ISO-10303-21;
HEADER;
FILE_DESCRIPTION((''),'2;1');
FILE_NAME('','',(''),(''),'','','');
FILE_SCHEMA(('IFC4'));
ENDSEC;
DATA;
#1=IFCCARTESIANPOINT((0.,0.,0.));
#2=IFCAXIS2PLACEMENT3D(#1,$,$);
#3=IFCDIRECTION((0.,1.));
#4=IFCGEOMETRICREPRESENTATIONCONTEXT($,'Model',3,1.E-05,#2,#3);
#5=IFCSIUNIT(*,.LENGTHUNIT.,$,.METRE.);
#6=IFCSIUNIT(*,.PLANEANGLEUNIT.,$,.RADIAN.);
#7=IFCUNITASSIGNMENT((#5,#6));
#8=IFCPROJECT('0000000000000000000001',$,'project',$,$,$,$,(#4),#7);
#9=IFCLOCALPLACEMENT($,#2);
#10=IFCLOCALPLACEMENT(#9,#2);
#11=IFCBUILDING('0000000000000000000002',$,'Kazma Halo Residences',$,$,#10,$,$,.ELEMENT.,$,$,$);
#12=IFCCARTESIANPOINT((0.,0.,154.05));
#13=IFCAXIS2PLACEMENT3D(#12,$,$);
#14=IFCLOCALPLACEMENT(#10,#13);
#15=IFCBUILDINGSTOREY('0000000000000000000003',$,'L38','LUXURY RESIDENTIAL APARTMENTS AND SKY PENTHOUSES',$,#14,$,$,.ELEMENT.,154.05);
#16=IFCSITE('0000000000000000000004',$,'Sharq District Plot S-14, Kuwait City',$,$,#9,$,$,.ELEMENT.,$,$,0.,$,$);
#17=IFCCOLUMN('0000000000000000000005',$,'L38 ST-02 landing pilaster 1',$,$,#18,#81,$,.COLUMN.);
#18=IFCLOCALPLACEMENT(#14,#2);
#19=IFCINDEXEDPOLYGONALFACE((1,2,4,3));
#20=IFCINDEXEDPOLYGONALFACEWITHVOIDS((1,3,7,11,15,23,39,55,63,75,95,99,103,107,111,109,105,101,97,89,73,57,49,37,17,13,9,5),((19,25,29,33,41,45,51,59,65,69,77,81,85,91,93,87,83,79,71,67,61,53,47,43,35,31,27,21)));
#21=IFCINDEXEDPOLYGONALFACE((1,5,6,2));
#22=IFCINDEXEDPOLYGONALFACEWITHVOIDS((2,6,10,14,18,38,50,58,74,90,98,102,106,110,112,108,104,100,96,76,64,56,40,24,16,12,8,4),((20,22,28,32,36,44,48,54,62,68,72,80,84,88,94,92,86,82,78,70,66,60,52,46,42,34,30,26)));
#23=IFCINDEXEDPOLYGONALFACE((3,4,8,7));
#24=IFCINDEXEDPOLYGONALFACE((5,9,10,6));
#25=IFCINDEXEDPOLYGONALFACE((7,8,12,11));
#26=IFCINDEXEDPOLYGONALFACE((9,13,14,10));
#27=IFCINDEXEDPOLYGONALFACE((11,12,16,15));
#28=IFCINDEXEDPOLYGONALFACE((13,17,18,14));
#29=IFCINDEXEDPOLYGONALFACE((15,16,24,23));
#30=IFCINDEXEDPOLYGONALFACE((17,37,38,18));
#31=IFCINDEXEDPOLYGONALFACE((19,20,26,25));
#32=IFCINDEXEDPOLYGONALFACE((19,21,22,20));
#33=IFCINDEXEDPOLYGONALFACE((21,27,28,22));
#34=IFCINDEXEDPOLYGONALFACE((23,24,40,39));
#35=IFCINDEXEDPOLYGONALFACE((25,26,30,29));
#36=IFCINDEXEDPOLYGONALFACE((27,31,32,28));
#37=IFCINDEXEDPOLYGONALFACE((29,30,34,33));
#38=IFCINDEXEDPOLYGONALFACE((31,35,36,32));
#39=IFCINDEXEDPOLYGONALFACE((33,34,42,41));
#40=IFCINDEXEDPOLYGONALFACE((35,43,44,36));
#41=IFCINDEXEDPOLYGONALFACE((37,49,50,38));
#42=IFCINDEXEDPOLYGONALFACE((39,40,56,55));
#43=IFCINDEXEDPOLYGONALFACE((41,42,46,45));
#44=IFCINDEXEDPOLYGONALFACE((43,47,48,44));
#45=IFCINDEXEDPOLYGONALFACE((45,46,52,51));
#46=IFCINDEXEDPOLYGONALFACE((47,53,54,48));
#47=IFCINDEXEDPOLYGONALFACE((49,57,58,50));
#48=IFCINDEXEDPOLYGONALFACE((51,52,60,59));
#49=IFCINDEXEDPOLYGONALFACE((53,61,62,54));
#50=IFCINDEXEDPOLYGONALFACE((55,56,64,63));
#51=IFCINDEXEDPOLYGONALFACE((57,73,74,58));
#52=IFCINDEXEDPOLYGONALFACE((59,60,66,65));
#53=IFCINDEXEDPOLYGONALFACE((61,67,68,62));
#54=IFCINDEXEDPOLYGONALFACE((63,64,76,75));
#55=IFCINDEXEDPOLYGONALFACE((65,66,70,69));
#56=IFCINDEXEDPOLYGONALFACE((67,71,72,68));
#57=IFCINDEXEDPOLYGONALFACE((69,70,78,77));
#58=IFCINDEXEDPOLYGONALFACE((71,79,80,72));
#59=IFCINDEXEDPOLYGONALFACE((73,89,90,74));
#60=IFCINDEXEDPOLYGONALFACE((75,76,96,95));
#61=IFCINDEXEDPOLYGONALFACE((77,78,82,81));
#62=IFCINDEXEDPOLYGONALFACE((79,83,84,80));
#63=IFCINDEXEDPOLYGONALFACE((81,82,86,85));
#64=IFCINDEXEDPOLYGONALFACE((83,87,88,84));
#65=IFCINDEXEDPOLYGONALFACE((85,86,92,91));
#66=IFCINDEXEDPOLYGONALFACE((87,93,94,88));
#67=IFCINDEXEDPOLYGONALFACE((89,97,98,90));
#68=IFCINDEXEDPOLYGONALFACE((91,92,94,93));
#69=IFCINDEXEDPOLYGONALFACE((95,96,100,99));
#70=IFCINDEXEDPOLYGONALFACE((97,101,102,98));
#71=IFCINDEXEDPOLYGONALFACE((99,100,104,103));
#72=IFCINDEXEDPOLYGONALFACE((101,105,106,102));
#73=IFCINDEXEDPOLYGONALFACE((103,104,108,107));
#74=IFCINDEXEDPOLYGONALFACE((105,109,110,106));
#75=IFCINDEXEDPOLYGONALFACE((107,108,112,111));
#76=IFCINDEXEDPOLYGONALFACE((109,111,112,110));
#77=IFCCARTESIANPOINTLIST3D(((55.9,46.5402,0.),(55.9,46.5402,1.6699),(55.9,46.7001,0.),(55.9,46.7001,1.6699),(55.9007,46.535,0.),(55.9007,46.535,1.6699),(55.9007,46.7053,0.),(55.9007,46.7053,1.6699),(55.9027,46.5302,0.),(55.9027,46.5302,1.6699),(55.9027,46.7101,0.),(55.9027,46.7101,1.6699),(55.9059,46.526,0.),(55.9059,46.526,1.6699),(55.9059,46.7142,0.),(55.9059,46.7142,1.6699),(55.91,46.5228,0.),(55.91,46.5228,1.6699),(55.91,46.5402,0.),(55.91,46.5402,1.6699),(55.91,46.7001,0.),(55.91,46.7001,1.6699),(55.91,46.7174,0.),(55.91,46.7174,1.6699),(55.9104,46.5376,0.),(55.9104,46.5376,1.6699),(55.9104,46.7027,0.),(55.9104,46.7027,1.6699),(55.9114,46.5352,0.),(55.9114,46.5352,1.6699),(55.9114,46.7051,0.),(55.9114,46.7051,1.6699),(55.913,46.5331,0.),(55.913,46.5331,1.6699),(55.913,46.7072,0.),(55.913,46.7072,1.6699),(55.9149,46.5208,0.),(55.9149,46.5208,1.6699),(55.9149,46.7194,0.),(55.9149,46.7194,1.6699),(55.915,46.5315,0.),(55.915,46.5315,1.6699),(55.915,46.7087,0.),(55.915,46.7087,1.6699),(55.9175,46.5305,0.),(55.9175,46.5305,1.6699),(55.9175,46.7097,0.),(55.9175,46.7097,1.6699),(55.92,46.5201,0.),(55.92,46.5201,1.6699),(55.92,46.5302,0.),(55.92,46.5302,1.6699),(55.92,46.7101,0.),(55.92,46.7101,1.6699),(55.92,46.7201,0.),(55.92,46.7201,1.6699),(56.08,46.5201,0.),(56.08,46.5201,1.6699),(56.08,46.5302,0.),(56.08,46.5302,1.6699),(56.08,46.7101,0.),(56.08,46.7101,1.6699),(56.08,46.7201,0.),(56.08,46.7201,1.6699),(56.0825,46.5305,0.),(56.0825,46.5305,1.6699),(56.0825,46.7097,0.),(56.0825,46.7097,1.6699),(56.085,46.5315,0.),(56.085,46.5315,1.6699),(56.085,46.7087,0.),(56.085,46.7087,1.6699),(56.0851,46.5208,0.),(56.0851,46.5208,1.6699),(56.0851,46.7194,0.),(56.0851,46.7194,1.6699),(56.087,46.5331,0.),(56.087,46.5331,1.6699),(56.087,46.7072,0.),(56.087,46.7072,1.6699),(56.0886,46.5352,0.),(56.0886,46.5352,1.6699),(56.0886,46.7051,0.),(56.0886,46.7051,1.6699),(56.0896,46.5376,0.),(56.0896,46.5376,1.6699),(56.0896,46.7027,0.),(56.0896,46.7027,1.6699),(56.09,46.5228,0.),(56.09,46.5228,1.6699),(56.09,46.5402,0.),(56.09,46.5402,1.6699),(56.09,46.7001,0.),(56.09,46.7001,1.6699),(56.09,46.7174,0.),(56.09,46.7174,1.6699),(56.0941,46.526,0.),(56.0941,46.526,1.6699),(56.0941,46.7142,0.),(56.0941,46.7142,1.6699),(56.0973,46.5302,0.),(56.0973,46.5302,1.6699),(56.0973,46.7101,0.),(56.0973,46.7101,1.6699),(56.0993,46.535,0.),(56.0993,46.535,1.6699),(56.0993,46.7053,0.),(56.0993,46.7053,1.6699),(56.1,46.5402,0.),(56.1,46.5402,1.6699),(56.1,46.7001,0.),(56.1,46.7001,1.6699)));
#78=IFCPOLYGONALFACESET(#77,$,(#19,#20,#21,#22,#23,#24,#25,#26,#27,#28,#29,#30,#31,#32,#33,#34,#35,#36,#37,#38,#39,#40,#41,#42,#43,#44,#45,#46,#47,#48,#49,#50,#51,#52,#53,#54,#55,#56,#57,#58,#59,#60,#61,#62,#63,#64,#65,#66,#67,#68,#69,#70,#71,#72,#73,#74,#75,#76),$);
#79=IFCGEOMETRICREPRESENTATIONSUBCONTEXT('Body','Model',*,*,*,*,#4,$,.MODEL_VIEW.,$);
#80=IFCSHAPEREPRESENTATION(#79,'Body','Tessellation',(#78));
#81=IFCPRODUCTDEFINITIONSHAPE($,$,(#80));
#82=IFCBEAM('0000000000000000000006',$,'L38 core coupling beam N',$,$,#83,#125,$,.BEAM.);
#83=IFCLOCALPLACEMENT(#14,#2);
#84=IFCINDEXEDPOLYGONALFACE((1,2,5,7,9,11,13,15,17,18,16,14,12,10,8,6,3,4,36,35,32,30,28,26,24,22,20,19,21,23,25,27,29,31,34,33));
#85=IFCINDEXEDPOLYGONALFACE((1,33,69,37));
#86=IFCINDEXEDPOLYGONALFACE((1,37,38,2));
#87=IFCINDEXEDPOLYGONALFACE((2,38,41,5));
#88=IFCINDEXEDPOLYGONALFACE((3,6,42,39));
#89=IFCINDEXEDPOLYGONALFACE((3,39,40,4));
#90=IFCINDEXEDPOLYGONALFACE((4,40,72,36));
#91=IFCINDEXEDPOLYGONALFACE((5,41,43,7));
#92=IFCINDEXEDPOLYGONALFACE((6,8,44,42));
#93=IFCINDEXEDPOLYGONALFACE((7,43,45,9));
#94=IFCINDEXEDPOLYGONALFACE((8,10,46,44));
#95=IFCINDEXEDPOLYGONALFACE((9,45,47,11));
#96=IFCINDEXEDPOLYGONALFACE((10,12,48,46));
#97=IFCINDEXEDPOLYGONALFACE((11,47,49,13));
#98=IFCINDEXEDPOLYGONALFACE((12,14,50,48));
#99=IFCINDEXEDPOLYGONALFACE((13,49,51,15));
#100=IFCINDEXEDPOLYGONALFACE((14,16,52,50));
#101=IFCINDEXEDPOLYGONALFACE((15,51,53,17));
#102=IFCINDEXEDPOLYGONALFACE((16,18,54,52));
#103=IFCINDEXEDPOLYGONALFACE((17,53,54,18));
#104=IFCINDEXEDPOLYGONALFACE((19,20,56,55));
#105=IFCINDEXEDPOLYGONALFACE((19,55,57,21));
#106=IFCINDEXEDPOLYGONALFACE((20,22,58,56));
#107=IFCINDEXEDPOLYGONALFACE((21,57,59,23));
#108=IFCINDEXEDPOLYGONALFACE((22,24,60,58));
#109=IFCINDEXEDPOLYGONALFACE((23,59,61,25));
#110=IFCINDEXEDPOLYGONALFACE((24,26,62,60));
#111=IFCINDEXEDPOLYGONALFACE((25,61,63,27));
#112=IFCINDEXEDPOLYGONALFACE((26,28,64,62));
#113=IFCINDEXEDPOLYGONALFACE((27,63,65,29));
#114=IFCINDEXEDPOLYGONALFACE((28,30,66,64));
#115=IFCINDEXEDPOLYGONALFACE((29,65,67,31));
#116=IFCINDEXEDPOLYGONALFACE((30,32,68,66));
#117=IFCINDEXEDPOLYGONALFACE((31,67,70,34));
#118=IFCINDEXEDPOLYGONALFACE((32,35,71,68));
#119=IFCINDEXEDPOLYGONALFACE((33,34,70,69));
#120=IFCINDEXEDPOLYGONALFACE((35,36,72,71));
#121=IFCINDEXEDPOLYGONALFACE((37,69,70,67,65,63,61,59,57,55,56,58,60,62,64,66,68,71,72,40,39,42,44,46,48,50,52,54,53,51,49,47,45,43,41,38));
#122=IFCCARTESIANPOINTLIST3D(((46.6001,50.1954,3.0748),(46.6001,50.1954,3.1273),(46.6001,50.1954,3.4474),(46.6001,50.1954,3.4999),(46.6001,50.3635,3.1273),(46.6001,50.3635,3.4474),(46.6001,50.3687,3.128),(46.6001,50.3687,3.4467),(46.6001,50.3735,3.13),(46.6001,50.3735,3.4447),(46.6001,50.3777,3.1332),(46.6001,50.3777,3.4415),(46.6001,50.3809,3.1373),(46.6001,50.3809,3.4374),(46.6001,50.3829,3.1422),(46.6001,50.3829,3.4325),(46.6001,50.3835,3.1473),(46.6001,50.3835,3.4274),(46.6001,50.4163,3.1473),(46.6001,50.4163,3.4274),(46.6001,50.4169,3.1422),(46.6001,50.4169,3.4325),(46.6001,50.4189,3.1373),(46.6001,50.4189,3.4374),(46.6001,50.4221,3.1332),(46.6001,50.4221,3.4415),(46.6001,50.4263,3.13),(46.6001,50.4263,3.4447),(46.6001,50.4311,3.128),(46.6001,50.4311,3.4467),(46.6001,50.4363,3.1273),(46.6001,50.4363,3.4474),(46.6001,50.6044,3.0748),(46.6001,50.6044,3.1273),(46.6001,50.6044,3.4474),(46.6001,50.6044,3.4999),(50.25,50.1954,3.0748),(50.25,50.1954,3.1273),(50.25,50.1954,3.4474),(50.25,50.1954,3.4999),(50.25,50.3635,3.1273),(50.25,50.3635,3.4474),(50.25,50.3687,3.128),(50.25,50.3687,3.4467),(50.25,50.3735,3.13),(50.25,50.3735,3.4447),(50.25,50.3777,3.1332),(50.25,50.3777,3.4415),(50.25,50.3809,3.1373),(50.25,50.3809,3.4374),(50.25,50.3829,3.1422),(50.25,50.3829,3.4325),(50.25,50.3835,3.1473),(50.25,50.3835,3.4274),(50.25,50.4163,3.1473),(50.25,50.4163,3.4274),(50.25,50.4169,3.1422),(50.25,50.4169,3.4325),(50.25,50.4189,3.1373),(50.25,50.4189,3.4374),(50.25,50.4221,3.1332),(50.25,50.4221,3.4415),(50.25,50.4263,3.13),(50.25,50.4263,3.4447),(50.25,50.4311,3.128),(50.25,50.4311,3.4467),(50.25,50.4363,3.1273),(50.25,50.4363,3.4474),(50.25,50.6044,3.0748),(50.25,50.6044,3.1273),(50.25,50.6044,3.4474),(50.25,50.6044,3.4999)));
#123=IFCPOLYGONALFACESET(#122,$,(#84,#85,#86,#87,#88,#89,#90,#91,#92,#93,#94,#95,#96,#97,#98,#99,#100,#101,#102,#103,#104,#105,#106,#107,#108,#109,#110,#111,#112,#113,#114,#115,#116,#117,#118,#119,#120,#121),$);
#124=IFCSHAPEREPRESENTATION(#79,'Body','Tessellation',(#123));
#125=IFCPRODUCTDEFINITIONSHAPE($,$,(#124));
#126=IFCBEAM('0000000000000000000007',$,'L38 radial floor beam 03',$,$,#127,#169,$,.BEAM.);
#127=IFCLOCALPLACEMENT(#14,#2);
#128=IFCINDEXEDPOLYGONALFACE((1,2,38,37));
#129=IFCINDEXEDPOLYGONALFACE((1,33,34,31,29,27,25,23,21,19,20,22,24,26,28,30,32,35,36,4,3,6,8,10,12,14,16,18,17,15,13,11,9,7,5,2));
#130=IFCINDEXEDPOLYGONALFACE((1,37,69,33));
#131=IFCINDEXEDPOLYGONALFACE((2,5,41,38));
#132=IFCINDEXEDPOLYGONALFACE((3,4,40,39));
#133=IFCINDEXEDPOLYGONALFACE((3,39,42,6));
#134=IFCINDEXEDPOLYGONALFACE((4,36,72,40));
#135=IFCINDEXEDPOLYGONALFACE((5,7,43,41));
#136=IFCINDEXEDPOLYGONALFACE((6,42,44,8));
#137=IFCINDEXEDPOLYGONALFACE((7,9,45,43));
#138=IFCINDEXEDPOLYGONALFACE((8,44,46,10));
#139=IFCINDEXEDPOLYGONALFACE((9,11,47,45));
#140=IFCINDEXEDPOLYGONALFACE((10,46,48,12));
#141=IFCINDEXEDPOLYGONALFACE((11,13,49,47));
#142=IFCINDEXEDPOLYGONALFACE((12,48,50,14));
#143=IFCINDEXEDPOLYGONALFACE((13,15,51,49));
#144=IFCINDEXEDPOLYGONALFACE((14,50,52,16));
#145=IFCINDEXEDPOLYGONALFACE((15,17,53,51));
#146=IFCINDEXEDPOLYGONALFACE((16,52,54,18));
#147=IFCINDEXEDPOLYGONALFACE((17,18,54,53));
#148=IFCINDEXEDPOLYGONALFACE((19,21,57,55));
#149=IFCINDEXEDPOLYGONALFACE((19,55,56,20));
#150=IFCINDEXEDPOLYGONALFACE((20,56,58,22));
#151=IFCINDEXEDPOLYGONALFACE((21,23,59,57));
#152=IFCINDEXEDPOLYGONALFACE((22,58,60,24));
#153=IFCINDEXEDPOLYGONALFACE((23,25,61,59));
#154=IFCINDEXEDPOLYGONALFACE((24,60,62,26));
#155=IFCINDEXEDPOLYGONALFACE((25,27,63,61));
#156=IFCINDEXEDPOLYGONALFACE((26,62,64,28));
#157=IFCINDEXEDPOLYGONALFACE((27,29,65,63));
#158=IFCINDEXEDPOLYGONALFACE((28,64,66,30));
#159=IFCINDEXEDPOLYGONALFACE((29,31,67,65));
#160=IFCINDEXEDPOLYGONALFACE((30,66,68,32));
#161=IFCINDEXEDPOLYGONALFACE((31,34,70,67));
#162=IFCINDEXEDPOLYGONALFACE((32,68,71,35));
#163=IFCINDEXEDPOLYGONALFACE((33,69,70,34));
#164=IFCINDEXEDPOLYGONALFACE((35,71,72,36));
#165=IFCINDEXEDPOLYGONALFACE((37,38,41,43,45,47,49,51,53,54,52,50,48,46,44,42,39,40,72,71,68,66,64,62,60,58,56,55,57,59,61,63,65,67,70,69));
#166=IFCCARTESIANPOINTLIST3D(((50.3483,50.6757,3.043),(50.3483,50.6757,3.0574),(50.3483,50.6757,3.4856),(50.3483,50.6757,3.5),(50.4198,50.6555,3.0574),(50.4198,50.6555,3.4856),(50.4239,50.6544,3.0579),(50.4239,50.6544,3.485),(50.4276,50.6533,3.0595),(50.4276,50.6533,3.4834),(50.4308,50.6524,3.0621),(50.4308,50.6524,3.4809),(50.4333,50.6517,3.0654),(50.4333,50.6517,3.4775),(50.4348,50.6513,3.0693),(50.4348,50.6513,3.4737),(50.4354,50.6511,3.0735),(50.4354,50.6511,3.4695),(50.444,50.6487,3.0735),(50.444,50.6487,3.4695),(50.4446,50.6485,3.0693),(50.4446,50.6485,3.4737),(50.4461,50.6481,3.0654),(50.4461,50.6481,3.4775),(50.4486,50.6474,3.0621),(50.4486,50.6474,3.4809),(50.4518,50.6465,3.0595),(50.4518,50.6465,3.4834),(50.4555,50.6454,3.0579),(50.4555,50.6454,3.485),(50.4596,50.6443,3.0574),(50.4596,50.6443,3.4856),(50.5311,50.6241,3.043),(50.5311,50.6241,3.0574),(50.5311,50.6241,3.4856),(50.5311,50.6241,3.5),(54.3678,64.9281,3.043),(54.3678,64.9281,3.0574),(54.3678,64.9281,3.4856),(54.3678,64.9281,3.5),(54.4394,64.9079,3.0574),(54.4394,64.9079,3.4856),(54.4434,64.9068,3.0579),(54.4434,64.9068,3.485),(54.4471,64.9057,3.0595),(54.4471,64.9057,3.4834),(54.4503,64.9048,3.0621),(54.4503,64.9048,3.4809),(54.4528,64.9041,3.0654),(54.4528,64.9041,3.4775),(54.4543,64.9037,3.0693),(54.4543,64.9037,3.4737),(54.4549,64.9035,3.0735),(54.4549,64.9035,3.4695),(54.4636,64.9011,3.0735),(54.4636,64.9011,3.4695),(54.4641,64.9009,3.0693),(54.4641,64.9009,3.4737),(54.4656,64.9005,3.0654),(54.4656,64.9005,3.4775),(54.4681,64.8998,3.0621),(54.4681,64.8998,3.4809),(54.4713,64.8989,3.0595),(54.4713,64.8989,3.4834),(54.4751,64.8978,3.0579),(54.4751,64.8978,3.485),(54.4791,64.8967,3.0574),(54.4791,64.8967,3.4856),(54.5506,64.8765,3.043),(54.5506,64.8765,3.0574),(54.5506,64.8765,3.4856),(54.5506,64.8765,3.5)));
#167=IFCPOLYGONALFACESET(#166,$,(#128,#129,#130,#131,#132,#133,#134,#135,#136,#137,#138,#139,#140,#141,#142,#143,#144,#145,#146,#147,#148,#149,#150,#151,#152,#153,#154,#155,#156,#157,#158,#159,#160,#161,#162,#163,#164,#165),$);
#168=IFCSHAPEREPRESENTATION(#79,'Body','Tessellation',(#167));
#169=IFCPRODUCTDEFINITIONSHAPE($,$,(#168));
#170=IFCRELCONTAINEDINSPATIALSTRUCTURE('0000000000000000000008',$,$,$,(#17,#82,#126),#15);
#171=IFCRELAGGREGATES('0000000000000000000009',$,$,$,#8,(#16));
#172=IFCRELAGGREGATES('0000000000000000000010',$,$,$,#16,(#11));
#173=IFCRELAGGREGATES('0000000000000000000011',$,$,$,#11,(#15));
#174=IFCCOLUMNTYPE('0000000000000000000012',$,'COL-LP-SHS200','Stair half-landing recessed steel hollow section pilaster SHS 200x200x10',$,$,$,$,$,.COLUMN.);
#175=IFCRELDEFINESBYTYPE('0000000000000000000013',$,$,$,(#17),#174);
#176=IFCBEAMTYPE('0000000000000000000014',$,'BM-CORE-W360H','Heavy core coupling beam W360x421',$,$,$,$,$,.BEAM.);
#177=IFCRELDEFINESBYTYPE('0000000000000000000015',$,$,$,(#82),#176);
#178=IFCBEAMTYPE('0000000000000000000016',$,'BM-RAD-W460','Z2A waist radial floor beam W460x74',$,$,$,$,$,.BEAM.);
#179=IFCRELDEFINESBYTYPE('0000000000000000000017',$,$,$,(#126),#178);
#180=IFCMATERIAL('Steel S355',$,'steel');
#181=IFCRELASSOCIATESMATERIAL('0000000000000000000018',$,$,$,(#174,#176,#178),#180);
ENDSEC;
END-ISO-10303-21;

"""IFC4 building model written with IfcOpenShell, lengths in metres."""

from ifc_helpers import new_model, si_unit, direction, frame, origin, origin_2d, place, context, subcontext, project, spatial, hollow_rectangle, i_section, extrude, material, material_profile, profile_set, type_object, element, save


model = new_model("IFC4")

# Units and contexts
model_context = context("Model", 3, precision=1e-05, world=origin(), true_north=direction((0.0, 1.0)))
body_context = subcontext(model_context, "Body", "Model", "MODEL_VIEW")
ifc_project = project(units=[si_unit("LENGTHUNIT", "METRE"), si_unit("PLANEANGLEUNIT", "RADIAN")], contexts=[model_context])

# Site, building, storey
site_placement = place(None, origin())
site = spatial("IfcSite", under=ifc_project, at=site_placement, Name="Sharq District Plot S-14, Kuwait City", CompositionType="ELEMENT", RefElevation=0.0)
building_placement = place(site_placement, origin())
building = spatial("IfcBuilding", under=site, at=building_placement, Name="Kazma Halo Residences", CompositionType="ELEMENT")
storey_placement = place(building_placement, frame((0.0, 0.0, 154.05)))
storey = spatial("IfcBuildingStorey", under=building, at=storey_placement, Name="L38", Description="LUXURY RESIDENTIAL APARTMENTS AND SKY PENTHOUSES", CompositionType="ELEMENT", Elevation=154.05)

# Column
ifc_material_1 = material(Name="Steel S355", Category="steel")
ifc_material_profile_1 = material_profile(ifc_material_1, hollow_rectangle(XDim=0.2, YDim=0.2, WallThickness=0.01, InnerFilletRadius=0.01, OuterFilletRadius=0.02, at=origin_2d()), Name="SHS200x200x10")
ifc_profile_set_1 = profile_set([ifc_material_profile_1], Name="Steel S355")
column_type = type_object("IfcColumnType", Name="COL-LP-SHS200", Description="Stair half-landing recessed steel hollow section pilaster SHS 200x200x10", PredefinedType="COLUMN", material=ifc_profile_set_1)
column_placement = place(storey_placement, frame((56.0, 46.6201, 0.0), z_axis=(0.0, 0.0, 1.0), x_axis=(1.0, 0.0, 0.0)))
element("IfcColumn", 1, at=column_placement, inside=storey, type_object=column_type, Name="L38 ST-02 landing pilaster 1", PredefinedType="COLUMN", context=body_context, shape_type="SweptSolid", body=[
    extrude(hollow_rectangle(XDim=0.2, YDim=0.2, WallThickness=0.01, InnerFilletRadius=0.01, OuterFilletRadius=0.02, at=origin_2d()), origin(), (0.0, 0.0, 1.0), 1.6699),
])

# Beams
ifc_material_profile_2 = material_profile(ifc_material_1, i_section(OverallWidth=0.4089, OverallDepth=0.425, WebThickness=0.0327, FlangeThickness=0.0525, FilletRadius=0.02, at=origin_2d()), Name="W360x421")
ifc_profile_set_2 = profile_set([ifc_material_profile_2], Name="Steel S355")
beam_type_1 = type_object("IfcBeamType", Name="BM-CORE-W360H", Description="Heavy core coupling beam W360x421", PredefinedType="BEAM", material=ifc_profile_set_2)
beam_1_placement = place(storey_placement, frame((46.6001, 50.3999, 3.2874), z_axis=(1.0, 0.0, 0.0), x_axis=(0.0, 1.0, 0.0)))
element("IfcBeam", 2, at=beam_1_placement, inside=storey, type_object=beam_type_1, Name="L38 core coupling beam N", PredefinedType="BEAM", context=body_context, shape_type="SweptSolid", body=[
    extrude(i_section(OverallWidth=0.4089, OverallDepth=0.425, WebThickness=0.0327, FlangeThickness=0.0525, FilletRadius=0.02, at=origin_2d()), origin(), (0.0, 0.0, 1.0), 3.6499),
])
ifc_material_profile_3 = material_profile(ifc_material_1, i_section(OverallWidth=0.1899, OverallDepth=0.457, WebThickness=0.009, FlangeThickness=0.0144, FilletRadius=0.0161, at=origin_2d()), Name="W460x74")
ifc_profile_set_3 = profile_set([ifc_material_profile_3], Name="Steel S355")
beam_type_2 = type_object("IfcBeamType", Name="BM-RAD-W460", Description="Z2A waist radial floor beam W460x74", PredefinedType="BEAM", material=ifc_profile_set_3)
beam_2_placement = place(storey_placement, frame((50.4397, 50.6499, 3.2715), z_axis=(0.271436, 0.962457, 0.0), x_axis=(-0.962457, 0.271436, 0.0)))
element("IfcBeam", 3, at=beam_2_placement, inside=storey, type_object=beam_type_2, Name="L38 radial floor beam 03", PredefinedType="BEAM", context=body_context, shape_type="SweptSolid", body=[
    extrude(i_section(OverallWidth=0.1899, OverallDepth=0.457, WebThickness=0.009, FlangeThickness=0.0144, FilletRadius=0.0161, at=origin_2d()), origin(), (0.0, 0.0, 1.0), 14.8083),
])

save(model, "model.ifc")
